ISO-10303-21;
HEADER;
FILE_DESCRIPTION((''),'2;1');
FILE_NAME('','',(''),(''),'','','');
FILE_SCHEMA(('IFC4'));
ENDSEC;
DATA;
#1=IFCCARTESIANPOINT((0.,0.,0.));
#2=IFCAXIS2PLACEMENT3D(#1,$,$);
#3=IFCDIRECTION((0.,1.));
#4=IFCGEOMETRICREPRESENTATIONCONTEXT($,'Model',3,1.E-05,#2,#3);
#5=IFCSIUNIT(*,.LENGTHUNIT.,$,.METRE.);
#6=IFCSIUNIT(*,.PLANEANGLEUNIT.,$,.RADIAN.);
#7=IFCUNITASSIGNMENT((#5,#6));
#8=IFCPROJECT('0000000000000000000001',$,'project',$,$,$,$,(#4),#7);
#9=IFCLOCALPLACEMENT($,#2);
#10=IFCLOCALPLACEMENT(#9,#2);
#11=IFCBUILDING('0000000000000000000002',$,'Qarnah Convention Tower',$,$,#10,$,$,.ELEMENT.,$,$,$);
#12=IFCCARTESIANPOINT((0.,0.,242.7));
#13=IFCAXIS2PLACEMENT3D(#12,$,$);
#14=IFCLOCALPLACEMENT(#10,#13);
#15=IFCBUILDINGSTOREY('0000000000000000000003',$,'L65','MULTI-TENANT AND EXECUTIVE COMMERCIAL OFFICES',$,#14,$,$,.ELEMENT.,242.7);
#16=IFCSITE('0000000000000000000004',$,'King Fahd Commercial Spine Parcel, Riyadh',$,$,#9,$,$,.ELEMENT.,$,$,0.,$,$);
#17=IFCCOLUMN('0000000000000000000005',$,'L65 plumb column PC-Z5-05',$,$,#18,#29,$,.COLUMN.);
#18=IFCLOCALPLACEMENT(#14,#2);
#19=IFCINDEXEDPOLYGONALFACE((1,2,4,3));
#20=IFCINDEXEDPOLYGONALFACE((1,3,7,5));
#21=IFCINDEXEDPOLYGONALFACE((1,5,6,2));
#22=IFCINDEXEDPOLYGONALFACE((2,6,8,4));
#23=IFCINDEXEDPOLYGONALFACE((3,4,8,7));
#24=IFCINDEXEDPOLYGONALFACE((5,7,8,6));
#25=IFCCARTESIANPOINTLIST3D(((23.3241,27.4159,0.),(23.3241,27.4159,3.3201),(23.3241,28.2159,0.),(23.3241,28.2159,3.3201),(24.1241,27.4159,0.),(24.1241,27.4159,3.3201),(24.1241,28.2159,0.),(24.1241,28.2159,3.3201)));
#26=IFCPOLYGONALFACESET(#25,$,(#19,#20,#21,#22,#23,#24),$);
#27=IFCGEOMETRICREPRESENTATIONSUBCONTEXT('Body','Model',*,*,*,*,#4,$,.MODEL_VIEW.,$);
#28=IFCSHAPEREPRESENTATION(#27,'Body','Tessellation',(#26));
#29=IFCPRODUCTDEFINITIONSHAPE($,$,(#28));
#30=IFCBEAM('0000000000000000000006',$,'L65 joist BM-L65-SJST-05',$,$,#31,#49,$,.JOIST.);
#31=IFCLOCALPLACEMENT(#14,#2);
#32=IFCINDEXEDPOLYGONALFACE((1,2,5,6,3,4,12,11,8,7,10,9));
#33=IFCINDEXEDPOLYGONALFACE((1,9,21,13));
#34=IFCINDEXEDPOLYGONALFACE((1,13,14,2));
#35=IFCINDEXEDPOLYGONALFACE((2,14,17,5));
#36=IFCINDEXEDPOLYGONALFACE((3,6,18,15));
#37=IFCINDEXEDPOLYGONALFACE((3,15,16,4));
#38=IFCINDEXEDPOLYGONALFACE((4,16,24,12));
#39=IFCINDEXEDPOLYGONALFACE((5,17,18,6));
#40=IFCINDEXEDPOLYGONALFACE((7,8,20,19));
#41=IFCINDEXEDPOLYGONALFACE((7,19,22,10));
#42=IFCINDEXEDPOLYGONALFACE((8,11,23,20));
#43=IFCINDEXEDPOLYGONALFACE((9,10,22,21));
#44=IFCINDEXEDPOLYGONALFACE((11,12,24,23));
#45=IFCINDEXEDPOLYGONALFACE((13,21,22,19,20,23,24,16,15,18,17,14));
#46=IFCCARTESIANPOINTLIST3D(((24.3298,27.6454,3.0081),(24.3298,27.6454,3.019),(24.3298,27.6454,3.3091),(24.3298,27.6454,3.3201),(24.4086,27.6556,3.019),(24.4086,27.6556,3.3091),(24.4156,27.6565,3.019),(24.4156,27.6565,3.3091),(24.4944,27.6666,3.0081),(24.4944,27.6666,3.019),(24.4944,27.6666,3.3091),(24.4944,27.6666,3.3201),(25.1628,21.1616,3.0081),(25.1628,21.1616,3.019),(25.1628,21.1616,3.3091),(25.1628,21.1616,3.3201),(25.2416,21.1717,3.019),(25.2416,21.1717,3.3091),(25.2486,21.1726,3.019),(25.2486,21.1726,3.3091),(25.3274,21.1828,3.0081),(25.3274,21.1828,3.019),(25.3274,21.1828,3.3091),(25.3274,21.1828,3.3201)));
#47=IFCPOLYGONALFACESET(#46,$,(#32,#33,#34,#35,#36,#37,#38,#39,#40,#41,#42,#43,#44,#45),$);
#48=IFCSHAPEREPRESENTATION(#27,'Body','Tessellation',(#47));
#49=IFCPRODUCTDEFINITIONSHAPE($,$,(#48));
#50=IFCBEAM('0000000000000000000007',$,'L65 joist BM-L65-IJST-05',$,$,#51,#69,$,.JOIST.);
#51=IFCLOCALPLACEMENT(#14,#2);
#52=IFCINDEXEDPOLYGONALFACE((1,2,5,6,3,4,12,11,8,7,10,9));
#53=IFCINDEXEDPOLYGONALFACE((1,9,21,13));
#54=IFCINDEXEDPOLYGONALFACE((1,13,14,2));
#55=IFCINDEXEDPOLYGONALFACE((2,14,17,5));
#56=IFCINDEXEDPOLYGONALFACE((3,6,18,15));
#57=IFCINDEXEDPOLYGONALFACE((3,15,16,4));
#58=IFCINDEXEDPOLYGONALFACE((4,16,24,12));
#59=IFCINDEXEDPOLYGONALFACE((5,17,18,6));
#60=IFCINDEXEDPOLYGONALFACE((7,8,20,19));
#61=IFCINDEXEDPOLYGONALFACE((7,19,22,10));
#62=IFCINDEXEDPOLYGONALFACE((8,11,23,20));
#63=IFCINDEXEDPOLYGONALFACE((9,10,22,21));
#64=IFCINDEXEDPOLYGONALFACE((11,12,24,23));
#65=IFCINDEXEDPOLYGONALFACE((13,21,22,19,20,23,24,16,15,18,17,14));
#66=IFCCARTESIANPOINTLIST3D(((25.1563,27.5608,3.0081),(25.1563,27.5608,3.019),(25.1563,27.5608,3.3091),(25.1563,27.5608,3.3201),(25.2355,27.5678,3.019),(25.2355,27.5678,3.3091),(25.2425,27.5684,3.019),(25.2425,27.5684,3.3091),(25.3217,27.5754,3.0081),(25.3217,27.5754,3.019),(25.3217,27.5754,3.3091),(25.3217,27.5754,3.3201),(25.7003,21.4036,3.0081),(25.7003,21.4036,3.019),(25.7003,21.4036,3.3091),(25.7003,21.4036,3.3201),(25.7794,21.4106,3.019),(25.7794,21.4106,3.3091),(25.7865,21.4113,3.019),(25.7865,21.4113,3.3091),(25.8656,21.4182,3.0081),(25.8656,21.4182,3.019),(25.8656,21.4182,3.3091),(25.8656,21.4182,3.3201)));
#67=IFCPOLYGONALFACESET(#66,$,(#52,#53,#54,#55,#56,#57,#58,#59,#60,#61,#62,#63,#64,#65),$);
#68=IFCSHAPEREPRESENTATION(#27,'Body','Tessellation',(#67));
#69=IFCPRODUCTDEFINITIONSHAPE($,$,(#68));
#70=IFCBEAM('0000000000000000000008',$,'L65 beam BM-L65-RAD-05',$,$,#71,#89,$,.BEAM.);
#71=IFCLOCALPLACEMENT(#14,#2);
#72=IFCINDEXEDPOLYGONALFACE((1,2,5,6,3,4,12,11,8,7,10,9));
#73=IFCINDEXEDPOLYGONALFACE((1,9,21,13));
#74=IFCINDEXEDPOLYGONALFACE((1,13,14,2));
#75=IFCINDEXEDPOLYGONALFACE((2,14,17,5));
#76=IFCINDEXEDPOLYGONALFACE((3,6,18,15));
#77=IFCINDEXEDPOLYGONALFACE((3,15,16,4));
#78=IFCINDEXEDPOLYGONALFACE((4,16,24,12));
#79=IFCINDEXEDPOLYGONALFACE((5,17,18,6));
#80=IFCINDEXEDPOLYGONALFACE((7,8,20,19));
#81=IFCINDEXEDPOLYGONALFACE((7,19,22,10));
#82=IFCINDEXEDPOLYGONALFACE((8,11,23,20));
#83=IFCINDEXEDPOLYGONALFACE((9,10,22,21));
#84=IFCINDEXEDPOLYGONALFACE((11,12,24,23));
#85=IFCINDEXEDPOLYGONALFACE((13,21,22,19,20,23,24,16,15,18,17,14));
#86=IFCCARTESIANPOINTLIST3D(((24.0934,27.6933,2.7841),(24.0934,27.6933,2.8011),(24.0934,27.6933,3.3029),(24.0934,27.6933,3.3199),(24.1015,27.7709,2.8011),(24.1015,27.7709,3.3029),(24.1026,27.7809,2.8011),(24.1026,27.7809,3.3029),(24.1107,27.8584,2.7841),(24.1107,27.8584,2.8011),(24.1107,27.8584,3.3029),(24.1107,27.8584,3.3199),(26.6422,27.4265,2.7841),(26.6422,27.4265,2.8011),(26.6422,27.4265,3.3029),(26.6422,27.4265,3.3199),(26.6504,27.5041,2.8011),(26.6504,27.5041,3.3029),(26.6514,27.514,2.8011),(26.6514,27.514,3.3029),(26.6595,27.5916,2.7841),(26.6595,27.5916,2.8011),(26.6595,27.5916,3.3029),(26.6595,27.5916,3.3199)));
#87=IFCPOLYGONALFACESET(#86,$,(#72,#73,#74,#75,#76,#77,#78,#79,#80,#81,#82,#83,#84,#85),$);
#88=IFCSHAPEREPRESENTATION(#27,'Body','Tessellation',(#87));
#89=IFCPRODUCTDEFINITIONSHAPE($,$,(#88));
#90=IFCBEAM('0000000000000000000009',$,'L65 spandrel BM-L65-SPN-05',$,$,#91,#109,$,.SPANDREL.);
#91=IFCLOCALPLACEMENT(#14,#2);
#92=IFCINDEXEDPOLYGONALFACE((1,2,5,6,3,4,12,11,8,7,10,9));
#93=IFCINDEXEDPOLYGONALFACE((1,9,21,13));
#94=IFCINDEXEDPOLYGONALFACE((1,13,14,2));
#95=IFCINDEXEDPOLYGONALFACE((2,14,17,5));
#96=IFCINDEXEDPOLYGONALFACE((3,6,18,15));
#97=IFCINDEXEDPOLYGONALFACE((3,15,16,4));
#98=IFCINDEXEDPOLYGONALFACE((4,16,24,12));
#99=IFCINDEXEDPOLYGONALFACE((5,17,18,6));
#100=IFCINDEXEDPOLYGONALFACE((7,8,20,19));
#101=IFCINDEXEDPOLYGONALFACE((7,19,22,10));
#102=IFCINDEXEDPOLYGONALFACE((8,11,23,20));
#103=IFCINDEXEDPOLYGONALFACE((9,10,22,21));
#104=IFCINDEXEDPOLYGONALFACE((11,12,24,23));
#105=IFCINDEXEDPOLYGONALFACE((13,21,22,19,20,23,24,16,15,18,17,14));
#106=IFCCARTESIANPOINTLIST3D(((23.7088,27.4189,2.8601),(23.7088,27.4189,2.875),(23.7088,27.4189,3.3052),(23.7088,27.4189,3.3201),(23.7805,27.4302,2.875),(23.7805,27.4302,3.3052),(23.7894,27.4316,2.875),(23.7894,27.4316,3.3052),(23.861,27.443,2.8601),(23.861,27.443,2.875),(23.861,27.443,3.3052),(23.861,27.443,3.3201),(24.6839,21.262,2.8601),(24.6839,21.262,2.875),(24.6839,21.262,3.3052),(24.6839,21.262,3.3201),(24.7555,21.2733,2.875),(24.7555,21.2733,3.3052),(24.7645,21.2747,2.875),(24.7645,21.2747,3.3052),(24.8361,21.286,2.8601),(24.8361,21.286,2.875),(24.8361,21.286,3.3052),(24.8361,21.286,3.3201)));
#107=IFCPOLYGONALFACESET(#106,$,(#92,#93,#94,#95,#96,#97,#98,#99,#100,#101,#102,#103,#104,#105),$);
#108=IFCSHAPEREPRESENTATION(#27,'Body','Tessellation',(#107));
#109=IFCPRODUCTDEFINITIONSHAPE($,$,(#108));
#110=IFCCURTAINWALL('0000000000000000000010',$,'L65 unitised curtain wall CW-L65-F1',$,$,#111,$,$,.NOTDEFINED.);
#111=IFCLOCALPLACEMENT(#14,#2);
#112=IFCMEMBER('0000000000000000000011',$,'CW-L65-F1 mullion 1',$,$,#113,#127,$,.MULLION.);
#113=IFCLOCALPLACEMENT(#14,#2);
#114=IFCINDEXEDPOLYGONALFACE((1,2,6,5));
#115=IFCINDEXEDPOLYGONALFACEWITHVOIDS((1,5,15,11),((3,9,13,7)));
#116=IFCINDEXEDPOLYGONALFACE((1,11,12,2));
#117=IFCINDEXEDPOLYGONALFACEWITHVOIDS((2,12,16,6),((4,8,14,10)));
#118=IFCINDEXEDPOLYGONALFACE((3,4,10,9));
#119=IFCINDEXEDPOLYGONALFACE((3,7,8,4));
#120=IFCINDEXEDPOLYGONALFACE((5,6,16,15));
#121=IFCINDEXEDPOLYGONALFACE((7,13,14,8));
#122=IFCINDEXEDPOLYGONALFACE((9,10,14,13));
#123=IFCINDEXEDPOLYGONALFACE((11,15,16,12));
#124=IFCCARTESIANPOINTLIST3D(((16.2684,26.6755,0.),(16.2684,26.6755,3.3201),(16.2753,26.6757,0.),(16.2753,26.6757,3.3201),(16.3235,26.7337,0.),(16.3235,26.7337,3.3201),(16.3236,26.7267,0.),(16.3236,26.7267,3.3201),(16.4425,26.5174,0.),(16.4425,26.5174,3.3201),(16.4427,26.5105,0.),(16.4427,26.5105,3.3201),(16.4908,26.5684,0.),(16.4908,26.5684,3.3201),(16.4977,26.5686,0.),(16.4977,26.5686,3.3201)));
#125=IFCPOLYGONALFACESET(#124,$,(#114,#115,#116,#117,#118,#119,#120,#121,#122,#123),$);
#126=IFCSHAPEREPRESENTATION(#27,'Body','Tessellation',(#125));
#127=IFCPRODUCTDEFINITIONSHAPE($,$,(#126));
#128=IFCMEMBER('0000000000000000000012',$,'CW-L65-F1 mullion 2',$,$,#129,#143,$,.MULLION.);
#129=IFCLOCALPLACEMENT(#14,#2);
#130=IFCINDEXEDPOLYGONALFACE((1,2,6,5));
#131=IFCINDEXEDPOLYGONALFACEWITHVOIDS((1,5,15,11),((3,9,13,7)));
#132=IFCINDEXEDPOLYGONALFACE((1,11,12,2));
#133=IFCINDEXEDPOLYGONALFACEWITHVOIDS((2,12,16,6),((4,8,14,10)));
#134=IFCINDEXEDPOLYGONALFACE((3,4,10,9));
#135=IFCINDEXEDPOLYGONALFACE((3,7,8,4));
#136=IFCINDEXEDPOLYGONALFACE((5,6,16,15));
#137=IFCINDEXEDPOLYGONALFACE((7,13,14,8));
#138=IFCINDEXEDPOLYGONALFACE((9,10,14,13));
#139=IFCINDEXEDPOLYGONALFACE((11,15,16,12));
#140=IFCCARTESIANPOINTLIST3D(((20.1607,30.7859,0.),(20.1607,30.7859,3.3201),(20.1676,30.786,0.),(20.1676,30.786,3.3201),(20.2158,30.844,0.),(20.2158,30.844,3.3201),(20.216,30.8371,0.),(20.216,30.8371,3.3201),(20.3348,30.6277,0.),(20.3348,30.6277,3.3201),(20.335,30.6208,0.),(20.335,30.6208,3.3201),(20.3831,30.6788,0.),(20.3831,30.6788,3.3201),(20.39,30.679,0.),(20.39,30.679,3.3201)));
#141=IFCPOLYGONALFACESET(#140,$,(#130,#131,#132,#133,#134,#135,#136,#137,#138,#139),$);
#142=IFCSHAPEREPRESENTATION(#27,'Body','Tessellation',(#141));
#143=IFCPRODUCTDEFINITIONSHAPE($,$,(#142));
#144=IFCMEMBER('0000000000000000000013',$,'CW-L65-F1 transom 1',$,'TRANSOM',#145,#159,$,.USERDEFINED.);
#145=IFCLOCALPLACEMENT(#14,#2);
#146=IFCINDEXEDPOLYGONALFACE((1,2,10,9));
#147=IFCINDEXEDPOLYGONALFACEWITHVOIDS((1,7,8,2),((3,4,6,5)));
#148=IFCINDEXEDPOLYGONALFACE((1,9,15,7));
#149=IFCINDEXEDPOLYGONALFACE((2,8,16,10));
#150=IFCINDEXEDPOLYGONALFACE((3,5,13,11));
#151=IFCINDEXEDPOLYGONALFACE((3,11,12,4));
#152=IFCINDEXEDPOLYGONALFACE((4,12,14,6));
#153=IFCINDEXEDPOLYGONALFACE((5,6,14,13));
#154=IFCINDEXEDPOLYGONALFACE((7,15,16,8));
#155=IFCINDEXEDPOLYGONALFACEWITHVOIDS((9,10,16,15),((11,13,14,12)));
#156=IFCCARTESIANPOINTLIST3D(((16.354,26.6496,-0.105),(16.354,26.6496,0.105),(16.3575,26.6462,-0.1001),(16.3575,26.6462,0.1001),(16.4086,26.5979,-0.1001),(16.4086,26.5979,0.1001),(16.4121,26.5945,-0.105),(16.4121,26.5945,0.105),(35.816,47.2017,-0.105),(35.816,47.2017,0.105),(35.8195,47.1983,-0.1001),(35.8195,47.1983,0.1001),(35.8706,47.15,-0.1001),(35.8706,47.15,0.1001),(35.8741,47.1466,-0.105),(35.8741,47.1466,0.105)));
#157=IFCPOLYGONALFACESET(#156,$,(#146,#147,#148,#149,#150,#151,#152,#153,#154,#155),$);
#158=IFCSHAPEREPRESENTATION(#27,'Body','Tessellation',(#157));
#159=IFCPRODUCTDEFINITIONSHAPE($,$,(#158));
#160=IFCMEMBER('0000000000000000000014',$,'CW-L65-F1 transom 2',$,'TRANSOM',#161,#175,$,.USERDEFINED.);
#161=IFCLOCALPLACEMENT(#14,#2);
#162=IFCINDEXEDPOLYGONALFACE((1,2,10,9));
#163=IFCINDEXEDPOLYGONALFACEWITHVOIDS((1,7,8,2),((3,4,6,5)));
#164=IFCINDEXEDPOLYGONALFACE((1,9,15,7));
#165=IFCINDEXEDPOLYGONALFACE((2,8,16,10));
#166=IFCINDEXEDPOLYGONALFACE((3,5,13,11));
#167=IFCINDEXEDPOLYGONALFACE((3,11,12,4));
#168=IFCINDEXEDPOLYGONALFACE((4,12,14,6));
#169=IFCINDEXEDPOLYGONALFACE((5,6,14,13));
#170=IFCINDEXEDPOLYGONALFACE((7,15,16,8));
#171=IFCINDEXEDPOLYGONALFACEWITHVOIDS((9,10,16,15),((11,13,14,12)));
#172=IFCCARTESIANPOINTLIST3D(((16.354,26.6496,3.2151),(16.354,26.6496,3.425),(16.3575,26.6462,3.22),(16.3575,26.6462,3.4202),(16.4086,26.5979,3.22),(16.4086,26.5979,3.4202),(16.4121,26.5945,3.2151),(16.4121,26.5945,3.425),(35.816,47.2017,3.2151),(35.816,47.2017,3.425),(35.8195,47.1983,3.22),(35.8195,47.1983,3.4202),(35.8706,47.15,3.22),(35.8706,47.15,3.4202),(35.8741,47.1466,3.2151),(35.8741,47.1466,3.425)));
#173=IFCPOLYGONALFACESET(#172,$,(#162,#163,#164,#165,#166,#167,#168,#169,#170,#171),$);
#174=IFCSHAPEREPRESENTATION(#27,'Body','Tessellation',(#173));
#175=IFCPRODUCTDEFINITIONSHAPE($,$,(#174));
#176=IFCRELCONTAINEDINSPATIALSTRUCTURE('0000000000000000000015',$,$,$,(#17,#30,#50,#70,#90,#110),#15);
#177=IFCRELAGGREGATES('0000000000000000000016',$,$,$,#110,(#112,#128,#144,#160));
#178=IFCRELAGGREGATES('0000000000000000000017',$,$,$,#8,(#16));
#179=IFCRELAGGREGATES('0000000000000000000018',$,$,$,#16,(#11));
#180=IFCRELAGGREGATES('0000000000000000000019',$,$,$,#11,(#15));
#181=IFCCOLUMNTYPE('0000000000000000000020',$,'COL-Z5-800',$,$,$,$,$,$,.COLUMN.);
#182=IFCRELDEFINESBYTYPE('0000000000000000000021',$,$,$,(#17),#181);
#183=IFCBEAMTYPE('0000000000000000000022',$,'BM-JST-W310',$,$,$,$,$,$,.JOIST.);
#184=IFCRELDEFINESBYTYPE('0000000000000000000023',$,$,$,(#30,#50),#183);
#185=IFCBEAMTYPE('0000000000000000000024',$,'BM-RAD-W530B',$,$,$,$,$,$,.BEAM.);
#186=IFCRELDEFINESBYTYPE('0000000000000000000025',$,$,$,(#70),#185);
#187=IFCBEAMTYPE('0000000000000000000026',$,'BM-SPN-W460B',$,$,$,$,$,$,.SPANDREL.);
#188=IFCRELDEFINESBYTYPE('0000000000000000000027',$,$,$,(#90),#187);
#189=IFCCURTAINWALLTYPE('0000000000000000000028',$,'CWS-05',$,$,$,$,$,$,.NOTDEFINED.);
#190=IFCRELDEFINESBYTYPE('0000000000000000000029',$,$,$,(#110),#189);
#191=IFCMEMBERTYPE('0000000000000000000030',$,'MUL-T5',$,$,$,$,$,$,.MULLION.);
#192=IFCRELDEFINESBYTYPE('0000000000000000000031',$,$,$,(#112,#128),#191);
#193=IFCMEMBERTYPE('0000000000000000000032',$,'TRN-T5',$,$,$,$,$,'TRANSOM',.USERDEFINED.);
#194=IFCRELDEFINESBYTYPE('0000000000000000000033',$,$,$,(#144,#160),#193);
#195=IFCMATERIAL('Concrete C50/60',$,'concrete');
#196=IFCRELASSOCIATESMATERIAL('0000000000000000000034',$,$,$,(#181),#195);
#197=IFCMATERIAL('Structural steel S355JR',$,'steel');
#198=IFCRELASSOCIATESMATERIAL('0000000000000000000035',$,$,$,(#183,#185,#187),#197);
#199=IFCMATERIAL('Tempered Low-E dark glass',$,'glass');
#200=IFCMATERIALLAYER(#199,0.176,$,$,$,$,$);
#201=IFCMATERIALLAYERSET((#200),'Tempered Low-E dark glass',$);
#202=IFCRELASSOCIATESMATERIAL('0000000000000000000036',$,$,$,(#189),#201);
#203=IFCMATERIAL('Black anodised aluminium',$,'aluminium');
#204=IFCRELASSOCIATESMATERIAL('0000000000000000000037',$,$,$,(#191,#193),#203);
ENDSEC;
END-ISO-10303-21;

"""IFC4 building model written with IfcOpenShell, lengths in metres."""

from ifc_helpers import new_model, si_unit, direction, frame, origin, origin_2d, place, context, subcontext, project, spatial, rectangle, hollow_rectangle, i_section, extrude, material, layer, layer_set, material_profile, profile_set, type_object, element, aggregate, save


model = new_model("IFC4")

# Units and contexts
model_context = context("Model", 3, precision=1e-05, world=origin(), true_north=direction((0.0, 1.0)))
body_context = subcontext(model_context, "Body", "Model", "MODEL_VIEW")
ifc_project = project(units=[si_unit("LENGTHUNIT", "METRE"), si_unit("PLANEANGLEUNIT", "RADIAN")], contexts=[model_context])

# Site, building, storey
site_placement = place(None, origin())
site = spatial("IfcSite", under=ifc_project, at=site_placement, Name="King Fahd Commercial Spine Parcel, Riyadh", CompositionType="ELEMENT", RefElevation=0.0)
building_placement = place(site_placement, origin())
building = spatial("IfcBuilding", under=site, at=building_placement, Name="Qarnah Convention Tower", CompositionType="ELEMENT")
storey_placement = place(building_placement, frame((0.0, 0.0, 242.7)))
storey = spatial("IfcBuildingStorey", under=building, at=storey_placement, Name="L65", Description="MULTI-TENANT AND EXECUTIVE COMMERCIAL OFFICES", CompositionType="ELEMENT", Elevation=242.7)

# Column
ifc_material_1 = material(Name="Concrete C50/60", Category="concrete")
ifc_material_profile_1 = material_profile(ifc_material_1, rectangle(XDim=0.8, YDim=0.8, at=origin_2d()), Name="RC-COL-800X800")
ifc_profile_set_1 = profile_set([ifc_material_profile_1], Name="Concrete C50/60")
column_type = type_object("IfcColumnType", Name="COL-Z5-800", PredefinedType="COLUMN", material=ifc_profile_set_1)
column_placement = place(storey_placement, frame((23.7241, 27.8159, 0.0), z_axis=(0.0, 0.0, 1.0), x_axis=(1.0, 0.0, 0.0)))
element("IfcColumn", 1, at=column_placement, inside=storey, type_object=column_type, Name="L65 plumb column PC-Z5-05", PredefinedType="COLUMN", context=body_context, shape_type="SweptSolid", body=[
    extrude(rectangle(XDim=0.8, YDim=0.8, at=origin_2d()), origin(), (0.0, 0.0, 1.0), 3.3201),
])

# Beams
ifc_material_2 = material(Name="Structural steel S355JR", Category="steel")
ifc_material_profile_2 = material_profile(ifc_material_2, i_section(OverallWidth=0.166, OverallDepth=0.312, WebThickness=0.0071, FlangeThickness=0.011, at=origin_2d()), Name="W310X45")
ifc_profile_set_2 = profile_set([ifc_material_profile_2], Name="Structural steel S355JR")
beam_type_1 = type_object("IfcBeamType", Name="BM-JST-W310", PredefinedType="JOIST", material=ifc_profile_set_2)
beam_1_placement = place(storey_placement, frame((24.4121, 27.656, 3.1641), z_axis=(0.127426, -0.991848, 0.0), x_axis=(0.991848, 0.127426, 0.0)))
element("IfcBeam", 2, at=beam_1_placement, inside=storey, type_object=beam_type_1, Name="L65 joist BM-L65-SJST-05", PredefinedType="JOIST", context=body_context, shape_type="SweptSolid", body=[
    extrude(i_section(OverallWidth=0.166, OverallDepth=0.312, WebThickness=0.0071, FlangeThickness=0.011, at=origin_2d()), origin(), (0.0, 0.0, 1.0), 6.5371),
])
beam_2_placement = place(storey_placement, frame((25.239, 27.5681, 3.1641), z_axis=(0.088, -0.99612, 0.0), x_axis=(0.99612, 0.088, 0.0)))
element("IfcBeam", 3, at=beam_2_placement, inside=storey, type_object=beam_type_1, Name="L65 joist BM-L65-IJST-05", PredefinedType="JOIST", context=body_context, shape_type="SweptSolid", body=[
    extrude(i_section(OverallWidth=0.166, OverallDepth=0.312, WebThickness=0.0071, FlangeThickness=0.011, at=origin_2d()), origin(), (0.0, 0.0, 1.0), 6.1812),
])
ifc_material_profile_3 = material_profile(ifc_material_2, i_section(OverallWidth=0.166, OverallDepth=0.5359, WebThickness=0.01, FlangeThickness=0.0171, at=origin_2d()), Name="W530X85")
ifc_profile_set_3 = profile_set([ifc_material_profile_3], Name="Structural steel S355JR")
beam_type_2 = type_object("IfcBeamType", Name="BM-RAD-W530B", PredefinedType="BEAM", material=ifc_profile_set_3)
beam_3_placement = place(storey_placement, frame((26.6509, 27.509, 3.052), z_axis=(-0.994564, 0.104124, 0.0), x_axis=(-0.104124, -0.994564, 0.0)))
element("IfcBeam", 4, at=beam_3_placement, inside=storey, type_object=beam_type_2, Name="L65 beam BM-L65-RAD-05", PredefinedType="BEAM", context=body_context, shape_type="SweptSolid", body=[
    extrude(i_section(OverallWidth=0.166, OverallDepth=0.5359, WebThickness=0.01, FlangeThickness=0.0171, at=origin_2d()), origin(), (0.0, 0.0, 1.0), 2.5627),
])
ifc_material_profile_4 = material_profile(ifc_material_2, i_section(OverallWidth=0.1541, OverallDepth=0.46, WebThickness=0.009, FlangeThickness=0.0149, at=origin_2d()), Name="W460X68")
ifc_profile_set_4 = profile_set([ifc_material_profile_4], Name="Structural steel S355JR")
beam_type_3 = type_object("IfcBeamType", Name="BM-SPN-W460B", PredefinedType="SPANDREL", material=ifc_profile_set_4)
beam_4_placement = place(storey_placement, frame((23.7849, 27.4309, 3.0901), z_axis=(0.156423, -0.98769, 0.0), x_axis=(0.98769, 0.156423, 0.0)))
element("IfcBeam", 5, at=beam_4_placement, inside=storey, type_object=beam_type_3, Name="L65 spandrel BM-L65-SPN-05", PredefinedType="SPANDREL", context=body_context, shape_type="SweptSolid", body=[
    extrude(i_section(OverallWidth=0.1541, OverallDepth=0.46, WebThickness=0.009, FlangeThickness=0.0149, at=origin_2d()), origin(), (0.0, 0.0, 1.0), 6.2336),
])

# Curtain wall, members
ifc_material_3 = material(Name="Tempered Low-E dark glass", Category="glass")
ifc_layer_1 = layer(ifc_material_3, 0.176)
ifc_layer_set_1 = layer_set([ifc_layer_1], Name="Tempered Low-E dark glass")
curtain_wall_type = type_object("IfcCurtainWallType", Name="CWS-05", PredefinedType="NOTDEFINED", material=ifc_layer_set_1)
curtain_wall_placement = place(storey_placement, origin())
curtain_wall = element("IfcCurtainWall", 6, at=curtain_wall_placement, inside=storey, type_object=curtain_wall_type, Name="L65 unitised curtain wall CW-L65-F1", PredefinedType="NOTDEFINED")
ifc_material_4 = material(Name="Black anodised aluminium", Category="aluminium")
ifc_material_profile_5 = material_profile(ifc_material_4, hollow_rectangle(XDim=0.0801, YDim=0.24, WallThickness=0.0049, at=origin_2d()), Name="MUL-80X240")
ifc_profile_set_5 = profile_set([ifc_material_profile_5], Name="Black anodised aluminium")
member_type_1 = type_object("IfcMemberType", Name="MUL-T5", PredefinedType="MULLION", material=ifc_profile_set_5)
member_1_placement = place(storey_placement, frame((16.3831, 26.6221, 0.0), z_axis=(0.0, 0.0, 1.0), x_axis=(0.68759, 0.726099, 0.0)))
member_1 = element("IfcMember", 7, at=member_1_placement, type_object=member_type_1, Name="CW-L65-F1 mullion 1", PredefinedType="MULLION", context=body_context, shape_type="SweptSolid", body=[
    extrude(hollow_rectangle(XDim=0.0801, YDim=0.24, WallThickness=0.0049, at=origin_2d()), origin(), (0.0, 0.0, 1.0), 3.3201),
])
member_2_placement = place(storey_placement, frame((20.2754, 30.7324, 0.0), z_axis=(0.0, 0.0, 1.0), x_axis=(0.68759, 0.726099, 0.0)))
member_2 = element("IfcMember", 8, at=member_2_placement, type_object=member_type_1, Name="CW-L65-F1 mullion 2", PredefinedType="MULLION", context=body_context, shape_type="SweptSolid", body=[
    extrude(hollow_rectangle(XDim=0.0801, YDim=0.24, WallThickness=0.0049, at=origin_2d()), origin(), (0.0, 0.0, 1.0), 3.3201),
])
ifc_material_profile_6 = material_profile(ifc_material_4, hollow_rectangle(XDim=0.0801, YDim=0.21, WallThickness=0.0049, at=origin_2d()), Name="TRN-80X210")
ifc_profile_set_6 = profile_set([ifc_material_profile_6], Name="Black anodised aluminium")
member_type_2 = type_object("IfcMemberType", Name="TRN-T5", ElementType="TRANSOM", PredefinedType="USERDEFINED", material=ifc_profile_set_6)
member_3_placement = place(storey_placement, frame((16.3831, 26.6221, 0.0), z_axis=(0.687588, 0.726101, 0.0), x_axis=(-0.726101, 0.687588, 0.0)))
member_3 = element("IfcMember", 9, at=member_3_placement, type_object=member_type_2, Name="CW-L65-F1 transom 1", ObjectType="TRANSOM", PredefinedType="USERDEFINED", context=body_context, shape_type="SweptSolid", body=[
    extrude(hollow_rectangle(XDim=0.0801, YDim=0.21, WallThickness=0.0049, at=origin_2d()), origin(), (0.0, 0.0, 1.0), 28.3047),
])
member_4_placement = place(storey_placement, frame((16.3831, 26.6221, 3.3201), z_axis=(0.687588, 0.726101, 0.0), x_axis=(-0.726101, 0.687588, 0.0)))
member_4 = element("IfcMember", 10, at=member_4_placement, type_object=member_type_2, Name="CW-L65-F1 transom 2", ObjectType="TRANSOM", PredefinedType="USERDEFINED", context=body_context, shape_type="SweptSolid", body=[
    extrude(hollow_rectangle(XDim=0.0801, YDim=0.21, WallThickness=0.0049, at=origin_2d()), origin(), (0.0, 0.0, 1.0), 28.3047),
])
aggregate(curtain_wall, [member_1, member_2, member_3, member_4])

save(model, "model.ifc")
